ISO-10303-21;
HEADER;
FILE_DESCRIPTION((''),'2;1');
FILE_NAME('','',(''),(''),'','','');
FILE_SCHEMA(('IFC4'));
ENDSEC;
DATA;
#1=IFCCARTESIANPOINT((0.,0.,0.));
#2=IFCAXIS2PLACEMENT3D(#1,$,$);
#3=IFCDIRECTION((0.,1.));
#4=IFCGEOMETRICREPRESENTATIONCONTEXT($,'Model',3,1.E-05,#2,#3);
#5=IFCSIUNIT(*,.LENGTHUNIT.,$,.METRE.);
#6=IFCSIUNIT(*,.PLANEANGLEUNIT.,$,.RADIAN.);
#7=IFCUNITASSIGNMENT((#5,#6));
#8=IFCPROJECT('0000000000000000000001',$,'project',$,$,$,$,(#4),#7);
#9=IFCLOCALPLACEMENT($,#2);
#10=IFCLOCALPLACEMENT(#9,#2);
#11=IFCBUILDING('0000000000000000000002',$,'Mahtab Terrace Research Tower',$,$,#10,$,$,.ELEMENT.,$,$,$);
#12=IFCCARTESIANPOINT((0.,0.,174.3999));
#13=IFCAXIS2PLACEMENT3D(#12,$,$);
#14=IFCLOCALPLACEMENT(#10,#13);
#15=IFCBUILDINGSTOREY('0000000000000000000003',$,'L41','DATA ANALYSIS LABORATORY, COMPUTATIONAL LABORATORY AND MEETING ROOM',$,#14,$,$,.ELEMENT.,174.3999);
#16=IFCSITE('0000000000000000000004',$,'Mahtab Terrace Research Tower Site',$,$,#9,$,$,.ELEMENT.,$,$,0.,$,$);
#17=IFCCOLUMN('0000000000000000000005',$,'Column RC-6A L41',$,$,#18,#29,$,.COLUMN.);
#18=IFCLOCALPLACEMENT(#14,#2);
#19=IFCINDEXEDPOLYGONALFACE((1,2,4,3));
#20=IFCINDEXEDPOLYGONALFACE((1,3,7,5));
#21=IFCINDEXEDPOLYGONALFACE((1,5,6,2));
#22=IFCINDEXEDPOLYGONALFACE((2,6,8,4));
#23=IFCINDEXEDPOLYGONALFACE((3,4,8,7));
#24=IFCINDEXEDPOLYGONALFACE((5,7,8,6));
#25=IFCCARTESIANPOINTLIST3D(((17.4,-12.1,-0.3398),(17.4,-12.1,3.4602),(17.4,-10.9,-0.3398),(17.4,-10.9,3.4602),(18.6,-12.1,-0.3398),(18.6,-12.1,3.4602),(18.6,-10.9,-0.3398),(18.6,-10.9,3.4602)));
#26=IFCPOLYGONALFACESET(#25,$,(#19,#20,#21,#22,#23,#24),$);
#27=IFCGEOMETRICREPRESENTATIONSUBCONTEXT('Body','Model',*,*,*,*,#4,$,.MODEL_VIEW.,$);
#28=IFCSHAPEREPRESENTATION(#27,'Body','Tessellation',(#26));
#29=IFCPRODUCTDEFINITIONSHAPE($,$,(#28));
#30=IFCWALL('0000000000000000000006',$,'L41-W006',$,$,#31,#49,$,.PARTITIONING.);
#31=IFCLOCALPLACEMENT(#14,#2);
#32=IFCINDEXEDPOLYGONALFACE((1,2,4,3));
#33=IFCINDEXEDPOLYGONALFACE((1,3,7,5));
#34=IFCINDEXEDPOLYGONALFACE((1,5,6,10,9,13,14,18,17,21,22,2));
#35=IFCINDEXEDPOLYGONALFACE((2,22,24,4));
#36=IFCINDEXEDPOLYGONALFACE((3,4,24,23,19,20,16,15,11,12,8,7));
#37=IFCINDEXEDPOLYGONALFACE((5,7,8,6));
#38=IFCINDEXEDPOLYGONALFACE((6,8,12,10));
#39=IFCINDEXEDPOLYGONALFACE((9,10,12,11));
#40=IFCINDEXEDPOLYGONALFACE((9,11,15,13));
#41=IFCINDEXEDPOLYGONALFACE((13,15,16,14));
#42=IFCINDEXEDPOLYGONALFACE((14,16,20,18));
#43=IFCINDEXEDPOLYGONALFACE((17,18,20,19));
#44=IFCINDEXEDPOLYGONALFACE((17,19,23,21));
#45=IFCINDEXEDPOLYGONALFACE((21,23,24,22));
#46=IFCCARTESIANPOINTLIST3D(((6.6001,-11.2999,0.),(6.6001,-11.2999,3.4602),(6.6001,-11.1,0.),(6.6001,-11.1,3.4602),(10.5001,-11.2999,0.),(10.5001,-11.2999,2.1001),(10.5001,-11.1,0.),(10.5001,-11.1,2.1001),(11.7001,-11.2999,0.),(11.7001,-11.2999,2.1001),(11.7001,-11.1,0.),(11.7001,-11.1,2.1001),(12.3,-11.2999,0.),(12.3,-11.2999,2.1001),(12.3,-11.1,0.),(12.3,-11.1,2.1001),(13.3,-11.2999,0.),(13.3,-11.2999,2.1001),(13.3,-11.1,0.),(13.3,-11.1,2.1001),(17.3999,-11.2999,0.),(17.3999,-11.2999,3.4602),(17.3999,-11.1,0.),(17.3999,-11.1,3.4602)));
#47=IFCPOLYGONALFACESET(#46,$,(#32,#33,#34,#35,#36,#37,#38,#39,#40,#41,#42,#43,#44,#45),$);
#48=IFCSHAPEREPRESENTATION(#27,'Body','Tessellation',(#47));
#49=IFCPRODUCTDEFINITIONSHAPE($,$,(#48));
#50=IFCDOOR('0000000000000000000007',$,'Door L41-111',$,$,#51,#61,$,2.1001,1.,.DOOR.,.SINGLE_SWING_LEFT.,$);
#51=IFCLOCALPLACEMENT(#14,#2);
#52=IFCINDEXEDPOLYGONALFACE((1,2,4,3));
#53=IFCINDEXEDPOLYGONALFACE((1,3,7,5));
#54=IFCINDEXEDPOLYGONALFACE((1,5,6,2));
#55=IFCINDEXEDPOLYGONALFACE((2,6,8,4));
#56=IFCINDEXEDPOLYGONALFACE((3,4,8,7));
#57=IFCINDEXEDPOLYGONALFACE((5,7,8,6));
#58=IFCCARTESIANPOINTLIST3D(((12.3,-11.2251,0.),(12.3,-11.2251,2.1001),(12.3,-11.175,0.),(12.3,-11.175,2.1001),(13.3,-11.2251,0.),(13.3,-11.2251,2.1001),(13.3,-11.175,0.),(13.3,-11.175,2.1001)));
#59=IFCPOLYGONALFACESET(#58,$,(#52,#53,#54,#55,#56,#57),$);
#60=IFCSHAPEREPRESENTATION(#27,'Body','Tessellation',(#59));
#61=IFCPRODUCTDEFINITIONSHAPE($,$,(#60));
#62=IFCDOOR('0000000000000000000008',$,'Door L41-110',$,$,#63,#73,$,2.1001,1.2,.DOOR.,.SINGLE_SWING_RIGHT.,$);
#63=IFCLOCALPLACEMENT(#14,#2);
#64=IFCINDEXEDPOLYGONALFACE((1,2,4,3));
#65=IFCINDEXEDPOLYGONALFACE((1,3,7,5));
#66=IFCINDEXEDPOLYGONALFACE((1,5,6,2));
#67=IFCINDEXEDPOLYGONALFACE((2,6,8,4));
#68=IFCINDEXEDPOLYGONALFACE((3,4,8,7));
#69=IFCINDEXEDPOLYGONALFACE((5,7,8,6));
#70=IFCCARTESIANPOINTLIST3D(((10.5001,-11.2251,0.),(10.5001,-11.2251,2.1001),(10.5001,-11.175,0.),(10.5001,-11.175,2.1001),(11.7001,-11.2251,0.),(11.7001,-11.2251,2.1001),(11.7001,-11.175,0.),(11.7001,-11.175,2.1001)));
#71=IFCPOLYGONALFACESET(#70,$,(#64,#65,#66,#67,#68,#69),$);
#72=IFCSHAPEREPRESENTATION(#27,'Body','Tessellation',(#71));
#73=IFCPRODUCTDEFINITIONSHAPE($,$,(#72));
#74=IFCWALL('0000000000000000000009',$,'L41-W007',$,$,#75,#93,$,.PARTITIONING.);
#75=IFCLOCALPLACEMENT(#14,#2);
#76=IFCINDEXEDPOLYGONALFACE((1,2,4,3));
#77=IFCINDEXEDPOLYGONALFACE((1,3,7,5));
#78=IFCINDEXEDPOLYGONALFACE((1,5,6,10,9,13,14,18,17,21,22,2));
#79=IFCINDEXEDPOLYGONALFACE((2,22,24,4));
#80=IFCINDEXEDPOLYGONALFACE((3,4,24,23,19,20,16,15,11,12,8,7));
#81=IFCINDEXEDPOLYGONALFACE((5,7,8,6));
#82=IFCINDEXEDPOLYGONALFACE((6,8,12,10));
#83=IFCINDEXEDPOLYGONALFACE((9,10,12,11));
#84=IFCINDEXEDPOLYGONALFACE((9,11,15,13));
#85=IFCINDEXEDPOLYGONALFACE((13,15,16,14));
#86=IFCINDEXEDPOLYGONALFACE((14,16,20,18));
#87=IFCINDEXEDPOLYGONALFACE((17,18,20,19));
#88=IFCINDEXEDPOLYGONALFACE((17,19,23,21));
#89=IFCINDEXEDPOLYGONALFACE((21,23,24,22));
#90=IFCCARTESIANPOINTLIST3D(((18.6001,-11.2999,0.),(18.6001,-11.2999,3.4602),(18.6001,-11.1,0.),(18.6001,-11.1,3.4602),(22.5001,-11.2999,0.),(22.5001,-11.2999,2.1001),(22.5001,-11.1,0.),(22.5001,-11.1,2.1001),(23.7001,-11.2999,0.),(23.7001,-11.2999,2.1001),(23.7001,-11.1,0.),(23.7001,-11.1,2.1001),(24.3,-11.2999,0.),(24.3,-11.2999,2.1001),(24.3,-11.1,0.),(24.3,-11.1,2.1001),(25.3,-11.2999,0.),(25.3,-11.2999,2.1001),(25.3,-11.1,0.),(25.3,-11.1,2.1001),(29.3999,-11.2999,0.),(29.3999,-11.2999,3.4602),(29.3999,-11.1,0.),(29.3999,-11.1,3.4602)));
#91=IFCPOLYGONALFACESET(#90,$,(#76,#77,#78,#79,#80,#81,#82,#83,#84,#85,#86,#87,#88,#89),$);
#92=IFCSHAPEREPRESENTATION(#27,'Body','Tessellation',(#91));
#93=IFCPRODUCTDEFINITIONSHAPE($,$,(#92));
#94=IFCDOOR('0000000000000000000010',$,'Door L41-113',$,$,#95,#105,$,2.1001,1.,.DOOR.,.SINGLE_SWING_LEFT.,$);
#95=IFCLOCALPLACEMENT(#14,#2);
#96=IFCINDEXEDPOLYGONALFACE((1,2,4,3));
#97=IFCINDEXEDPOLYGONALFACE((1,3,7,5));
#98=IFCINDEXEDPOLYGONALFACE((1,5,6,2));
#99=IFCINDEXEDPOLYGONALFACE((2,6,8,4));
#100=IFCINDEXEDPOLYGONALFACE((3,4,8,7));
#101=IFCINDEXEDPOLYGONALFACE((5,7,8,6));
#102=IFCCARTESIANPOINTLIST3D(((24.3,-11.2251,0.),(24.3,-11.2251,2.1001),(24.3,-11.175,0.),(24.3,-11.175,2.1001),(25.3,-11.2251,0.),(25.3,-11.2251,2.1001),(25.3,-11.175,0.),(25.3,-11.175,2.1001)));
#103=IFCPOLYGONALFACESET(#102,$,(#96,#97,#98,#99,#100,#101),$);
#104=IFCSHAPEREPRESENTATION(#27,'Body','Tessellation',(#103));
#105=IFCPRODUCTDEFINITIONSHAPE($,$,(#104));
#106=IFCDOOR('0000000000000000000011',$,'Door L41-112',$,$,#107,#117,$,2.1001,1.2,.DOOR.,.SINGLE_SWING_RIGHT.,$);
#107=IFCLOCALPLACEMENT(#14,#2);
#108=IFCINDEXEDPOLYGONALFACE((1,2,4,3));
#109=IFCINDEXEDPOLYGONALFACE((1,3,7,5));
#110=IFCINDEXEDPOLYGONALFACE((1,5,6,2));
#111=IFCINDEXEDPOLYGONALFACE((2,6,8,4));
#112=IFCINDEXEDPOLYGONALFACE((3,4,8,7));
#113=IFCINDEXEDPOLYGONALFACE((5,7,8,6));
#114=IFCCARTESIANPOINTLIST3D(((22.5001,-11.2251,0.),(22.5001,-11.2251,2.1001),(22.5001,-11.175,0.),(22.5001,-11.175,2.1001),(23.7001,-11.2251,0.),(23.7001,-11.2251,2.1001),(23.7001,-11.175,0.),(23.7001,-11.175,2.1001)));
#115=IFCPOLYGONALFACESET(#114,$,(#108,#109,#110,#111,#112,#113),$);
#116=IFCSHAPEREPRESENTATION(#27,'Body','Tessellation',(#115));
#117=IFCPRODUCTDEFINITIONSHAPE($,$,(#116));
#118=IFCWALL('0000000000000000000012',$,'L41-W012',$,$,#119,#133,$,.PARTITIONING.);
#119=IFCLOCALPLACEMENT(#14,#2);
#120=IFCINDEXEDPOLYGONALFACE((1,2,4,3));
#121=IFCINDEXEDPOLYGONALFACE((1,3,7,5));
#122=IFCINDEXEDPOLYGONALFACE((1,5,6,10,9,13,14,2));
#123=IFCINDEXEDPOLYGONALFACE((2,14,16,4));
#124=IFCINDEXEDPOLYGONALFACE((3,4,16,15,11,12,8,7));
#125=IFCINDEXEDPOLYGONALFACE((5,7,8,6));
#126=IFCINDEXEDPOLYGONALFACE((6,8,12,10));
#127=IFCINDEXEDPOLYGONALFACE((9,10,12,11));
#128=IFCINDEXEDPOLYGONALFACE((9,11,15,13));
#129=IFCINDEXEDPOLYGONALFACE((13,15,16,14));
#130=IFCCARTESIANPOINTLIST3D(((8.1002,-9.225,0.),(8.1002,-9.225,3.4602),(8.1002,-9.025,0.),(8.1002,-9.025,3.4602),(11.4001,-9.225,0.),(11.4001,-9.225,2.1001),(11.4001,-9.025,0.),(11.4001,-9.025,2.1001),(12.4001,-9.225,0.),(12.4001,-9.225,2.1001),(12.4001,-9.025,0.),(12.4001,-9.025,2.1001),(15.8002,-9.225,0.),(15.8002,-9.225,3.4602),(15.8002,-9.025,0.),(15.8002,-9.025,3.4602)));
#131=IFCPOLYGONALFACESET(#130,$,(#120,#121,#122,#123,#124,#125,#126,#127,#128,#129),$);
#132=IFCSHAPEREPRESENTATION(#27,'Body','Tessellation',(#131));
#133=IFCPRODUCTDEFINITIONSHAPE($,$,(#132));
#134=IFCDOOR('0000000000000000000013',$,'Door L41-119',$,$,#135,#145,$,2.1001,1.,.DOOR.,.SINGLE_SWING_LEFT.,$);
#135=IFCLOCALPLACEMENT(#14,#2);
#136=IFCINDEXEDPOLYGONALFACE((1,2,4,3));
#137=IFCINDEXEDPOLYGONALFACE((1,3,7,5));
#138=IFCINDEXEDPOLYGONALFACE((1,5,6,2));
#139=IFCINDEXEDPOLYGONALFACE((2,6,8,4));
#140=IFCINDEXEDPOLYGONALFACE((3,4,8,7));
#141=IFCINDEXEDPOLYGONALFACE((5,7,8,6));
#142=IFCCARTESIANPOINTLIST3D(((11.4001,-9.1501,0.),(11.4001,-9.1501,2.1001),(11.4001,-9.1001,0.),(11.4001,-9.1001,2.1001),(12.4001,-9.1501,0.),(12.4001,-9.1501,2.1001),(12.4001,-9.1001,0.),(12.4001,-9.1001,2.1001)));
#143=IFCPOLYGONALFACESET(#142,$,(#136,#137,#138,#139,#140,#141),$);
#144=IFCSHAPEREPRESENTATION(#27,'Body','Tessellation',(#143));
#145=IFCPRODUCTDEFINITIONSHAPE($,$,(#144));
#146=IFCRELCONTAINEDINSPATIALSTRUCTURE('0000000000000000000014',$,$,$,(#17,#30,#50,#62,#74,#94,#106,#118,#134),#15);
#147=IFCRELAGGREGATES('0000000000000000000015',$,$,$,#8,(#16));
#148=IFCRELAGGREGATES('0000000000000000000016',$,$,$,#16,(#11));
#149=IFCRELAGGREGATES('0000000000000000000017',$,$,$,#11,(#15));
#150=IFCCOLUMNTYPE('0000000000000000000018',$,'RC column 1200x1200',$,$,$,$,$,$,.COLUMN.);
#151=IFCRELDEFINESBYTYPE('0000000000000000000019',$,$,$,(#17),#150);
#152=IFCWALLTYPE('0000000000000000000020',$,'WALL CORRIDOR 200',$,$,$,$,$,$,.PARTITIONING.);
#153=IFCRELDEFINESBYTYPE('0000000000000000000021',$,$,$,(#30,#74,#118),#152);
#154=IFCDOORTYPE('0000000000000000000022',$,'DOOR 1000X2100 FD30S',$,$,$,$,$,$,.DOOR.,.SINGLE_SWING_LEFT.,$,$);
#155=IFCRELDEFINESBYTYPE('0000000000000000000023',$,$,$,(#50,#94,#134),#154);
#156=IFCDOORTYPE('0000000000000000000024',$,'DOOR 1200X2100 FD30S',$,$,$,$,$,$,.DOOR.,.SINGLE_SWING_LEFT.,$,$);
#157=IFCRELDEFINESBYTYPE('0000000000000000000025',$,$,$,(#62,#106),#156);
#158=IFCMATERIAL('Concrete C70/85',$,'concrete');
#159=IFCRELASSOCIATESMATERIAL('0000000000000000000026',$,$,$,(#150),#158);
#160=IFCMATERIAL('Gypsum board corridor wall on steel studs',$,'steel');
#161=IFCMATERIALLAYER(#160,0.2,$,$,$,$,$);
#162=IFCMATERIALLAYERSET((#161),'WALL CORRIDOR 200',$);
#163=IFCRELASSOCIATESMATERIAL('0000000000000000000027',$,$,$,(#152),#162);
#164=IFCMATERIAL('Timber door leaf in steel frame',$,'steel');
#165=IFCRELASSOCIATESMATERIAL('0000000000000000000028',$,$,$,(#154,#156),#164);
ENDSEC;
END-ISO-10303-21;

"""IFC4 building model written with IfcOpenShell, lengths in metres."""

from ifc_helpers import new_model, si_unit, direction, frame, frame_2d, origin, origin_2d, place, context, subcontext, project, spatial, rectangle, extrude, material, layer, layer_set, material_profile, profile_set, type_object, element, fill, save


model = new_model("IFC4")

# Units and contexts
model_context = context("Model", 3, precision=1e-05, world=origin(), true_north=direction((0.0, 1.0)))
body_context = subcontext(model_context, "Body", "Model", "MODEL_VIEW")
ifc_project = project(units=[si_unit("LENGTHUNIT", "METRE"), si_unit("PLANEANGLEUNIT", "RADIAN")], contexts=[model_context])

# Site, building, storey
site_placement = place(None, origin())
site = spatial("IfcSite", under=ifc_project, at=site_placement, Name="Mahtab Terrace Research Tower Site", CompositionType="ELEMENT", RefElevation=0.0)
building_placement = place(site_placement, origin())
building = spatial("IfcBuilding", under=site, at=building_placement, Name="Mahtab Terrace Research Tower", CompositionType="ELEMENT")
storey_placement = place(building_placement, frame((0.0, 0.0, 174.3999)))
storey = spatial("IfcBuildingStorey", under=building, at=storey_placement, Name="L41", Description="DATA ANALYSIS LABORATORY, COMPUTATIONAL LABORATORY AND MEETING ROOM", CompositionType="ELEMENT", Elevation=174.3999)

# Column
ifc_material_1 = material(Name="Concrete C70/85", Category="concrete")
ifc_material_profile = material_profile(ifc_material_1, rectangle(XDim=1.2, YDim=1.2, at=origin_2d()), Name="RC column 1200x1200")
ifc_profile_set = profile_set([ifc_material_profile], Name="Concrete C70/85")
column_type = type_object("IfcColumnType", Name="RC column 1200x1200", PredefinedType="COLUMN", material=ifc_profile_set)
column_placement = place(storey_placement, frame((18.0, -11.5, -0.3398), z_axis=(0.0, 0.0, 1.0), x_axis=(1.0, 0.0, 0.0)))
element("IfcColumn", 1, at=column_placement, inside=storey, type_object=column_type, Name="Column RC-6A L41", PredefinedType="COLUMN", context=body_context, shape_type="SweptSolid", body=[
    extrude(rectangle(XDim=1.2, YDim=1.2, at=origin_2d()), origin(), (0.0, 0.0, 1.0), 3.8),
])

# Walls, openings, doors
ifc_material_2 = material(Name="Gypsum board corridor wall on steel studs", Category="steel")
ifc_layer_1 = layer(ifc_material_2, 0.2)
ifc_layer_set_1 = layer_set([ifc_layer_1], Name="WALL CORRIDOR 200")
wall_type_1 = type_object("IfcWallType", Name="WALL CORRIDOR 200", PredefinedType="PARTITIONING", material=ifc_layer_set_1)
wall_1_placement = place(storey_placement, frame((6.6001, -11.2, 0.0), z_axis=(0.0, 0.0, 1.0), x_axis=(1.0, 0.0, 0.0)))
wall_1 = element("IfcWall", 2, at=wall_1_placement, inside=storey, type_object=wall_type_1, Name="L41-W006", PredefinedType="PARTITIONING", context=body_context, shape_type="SweptSolid", body=[
    extrude(rectangle(XDim=10.7998, YDim=0.2, at=frame_2d((5.3999, 0.0))), origin(), (0.0, 0.0, 1.0), 3.4602),
])
opening_1_placement = place(wall_1_placement, frame((3.8999, 0.0, 0.0)))
opening_1 = element("IfcOpeningElement", 3, at=opening_1_placement, cuts=wall_1, PredefinedType="OPENING", context=body_context, shape_type="SweptSolid", body=[
    extrude(rectangle(XDim=1.2, YDim=2.1001, at=frame_2d((0.6001, 1.05))), frame((0.0, 0.1099, 0.0), z_axis=(0.0, -1.0, 0.0), x_axis=(1.0, 0.0, 0.0)), (0.0, 0.0, 1.0), 0.22),
])
opening_2_placement = place(wall_1_placement, frame((5.7, 0.0, 0.0)))
opening_2 = element("IfcOpeningElement", 4, at=opening_2_placement, cuts=wall_1, PredefinedType="OPENING", context=body_context, shape_type="SweptSolid", body=[
    extrude(rectangle(XDim=1.0, YDim=2.1001, at=frame_2d((0.5, 1.05))), frame((0.0, 0.1099, 0.0), z_axis=(0.0, -1.0, 0.0), x_axis=(1.0, 0.0, 0.0)), (0.0, 0.0, 1.0), 0.22),
])
ifc_material_3 = material(Name="Timber door leaf in steel frame", Category="steel")
door_type_1 = type_object("IfcDoorType", Name="DOOR 1000X2100 FD30S", OperationType="SINGLE_SWING_LEFT", PredefinedType="DOOR", material=ifc_material_3)
door_1_placement = place(opening_2_placement, origin())
door_1 = element("IfcDoor", 5, at=door_1_placement, inside=storey, type_object=door_type_1, Name="Door L41-111", OperationType="SINGLE_SWING_LEFT", OverallHeight=2.1001, OverallWidth=1.0, PredefinedType="DOOR", context=body_context, shape_type="SweptSolid", body=[
    extrude(rectangle(XDim=1.0, YDim=2.1001, at=frame_2d((0.5, 1.05))), frame((0.0, 0.0249, 0.0), z_axis=(0.0, -1.0, 0.0), x_axis=(1.0, 0.0, 0.0)), (0.0, 0.0, 1.0), 0.05),
])
fill(opening_2, door_1)
door_type_2 = type_object("IfcDoorType", Name="DOOR 1200X2100 FD30S", OperationType="SINGLE_SWING_LEFT", PredefinedType="DOOR", material=ifc_material_3)
door_2_placement = place(opening_1_placement, origin())
door_2 = element("IfcDoor", 6, at=door_2_placement, inside=storey, type_object=door_type_2, Name="Door L41-110", OperationType="SINGLE_SWING_RIGHT", OverallHeight=2.1001, OverallWidth=1.2, PredefinedType="DOOR", context=body_context, shape_type="SweptSolid", body=[
    extrude(rectangle(XDim=1.2, YDim=2.1001, at=frame_2d((0.6001, 1.05))), frame((0.0, 0.0249, 0.0), z_axis=(0.0, -1.0, 0.0), x_axis=(1.0, 0.0, 0.0)), (0.0, 0.0, 1.0), 0.05),
])
fill(opening_1, door_2)
wall_2_placement = place(storey_placement, frame((18.6001, -11.2, 0.0), z_axis=(0.0, 0.0, 1.0), x_axis=(1.0, 0.0, 0.0)))
wall_2 = element("IfcWall", 7, at=wall_2_placement, inside=storey, type_object=wall_type_1, Name="L41-W007", PredefinedType="PARTITIONING", context=body_context, shape_type="SweptSolid", body=[
    extrude(rectangle(XDim=10.7998, YDim=0.2, at=frame_2d((5.3999, 0.0))), origin(), (0.0, 0.0, 1.0), 3.4602),
])
opening_3_placement = place(wall_2_placement, frame((3.8999, 0.0, 0.0)))
opening_3 = element("IfcOpeningElement", 8, at=opening_3_placement, cuts=wall_2, PredefinedType="OPENING", context=body_context, shape_type="SweptSolid", body=[
    extrude(rectangle(XDim=1.2, YDim=2.1001, at=frame_2d((0.6001, 1.05))), frame((0.0, 0.1099, 0.0), z_axis=(0.0, -1.0, 0.0), x_axis=(1.0, 0.0, 0.0)), (0.0, 0.0, 1.0), 0.22),
])
opening_4_placement = place(wall_2_placement, frame((5.7, 0.0, 0.0)))
opening_4 = element("IfcOpeningElement", 9, at=opening_4_placement, cuts=wall_2, PredefinedType="OPENING", context=body_context, shape_type="SweptSolid", body=[
    extrude(rectangle(XDim=1.0, YDim=2.1001, at=frame_2d((0.5, 1.05))), frame((0.0, 0.1099, 0.0), z_axis=(0.0, -1.0, 0.0), x_axis=(1.0, 0.0, 0.0)), (0.0, 0.0, 1.0), 0.22),
])
door_3_placement = place(opening_4_placement, origin())
door_3 = element("IfcDoor", 10, at=door_3_placement, inside=storey, type_object=door_type_1, Name="Door L41-113", OperationType="SINGLE_SWING_LEFT", OverallHeight=2.1001, OverallWidth=1.0, PredefinedType="DOOR", context=body_context, shape_type="SweptSolid", body=[
    extrude(rectangle(XDim=1.0, YDim=2.1001, at=frame_2d((0.5, 1.05))), frame((0.0, 0.0249, 0.0), z_axis=(0.0, -1.0, 0.0), x_axis=(1.0, 0.0, 0.0)), (0.0, 0.0, 1.0), 0.05),
])
fill(opening_4, door_3)
door_4_placement = place(opening_3_placement, origin())
door_4 = element("IfcDoor", 11, at=door_4_placement, inside=storey, type_object=door_type_2, Name="Door L41-112", OperationType="SINGLE_SWING_RIGHT", OverallHeight=2.1001, OverallWidth=1.2, PredefinedType="DOOR", context=body_context, shape_type="SweptSolid", body=[
    extrude(rectangle(XDim=1.2, YDim=2.1001, at=frame_2d((0.6001, 1.05))), frame((0.0, 0.0249, 0.0), z_axis=(0.0, -1.0, 0.0), x_axis=(1.0, 0.0, 0.0)), (0.0, 0.0, 1.0), 0.05),
])
fill(opening_3, door_4)

# Wall, opening, door
wall_3_placement = place(storey_placement, frame((8.1001, -9.125, 0.0), z_axis=(0.0, 0.0, 1.0), x_axis=(1.0, 0.0, 0.0)))
wall_3 = element("IfcWall", 12, at=wall_3_placement, inside=storey, type_object=wall_type_1, Name="L41-W012", PredefinedType="PARTITIONING", context=body_context, shape_type="SweptSolid", body=[
    extrude(rectangle(XDim=7.7, YDim=0.2, at=frame_2d((3.8501, 0.0))), origin(), (0.0, 0.0, 1.0), 3.4602),
])
opening_5_placement = place(wall_3_placement, frame((3.3, 0.0, 0.0)))
opening_5 = element("IfcOpeningElement", 13, at=opening_5_placement, cuts=wall_3, PredefinedType="OPENING", context=body_context, shape_type="SweptSolid", body=[
    extrude(rectangle(XDim=1.0, YDim=2.1001, at=frame_2d((0.5, 1.05))), frame((0.0, 0.1099, 0.0), z_axis=(0.0, -1.0, 0.0), x_axis=(1.0, 0.0, 0.0)), (0.0, 0.0, 1.0), 0.22),
])
door_5_placement = place(opening_5_placement, origin())
door_5 = element("IfcDoor", 14, at=door_5_placement, inside=storey, type_object=door_type_1, Name="Door L41-119", OperationType="SINGLE_SWING_LEFT", OverallHeight=2.1001, OverallWidth=1.0, PredefinedType="DOOR", context=body_context, shape_type="SweptSolid", body=[
    extrude(rectangle(XDim=1.0, YDim=2.1001, at=frame_2d((0.5, 1.05))), frame((0.0, 0.0249, 0.0), z_axis=(0.0, -1.0, 0.0), x_axis=(1.0, 0.0, 0.0)), (0.0, 0.0, 1.0), 0.05),
])
fill(opening_5, door_5)

save(model, "model.ifc")
